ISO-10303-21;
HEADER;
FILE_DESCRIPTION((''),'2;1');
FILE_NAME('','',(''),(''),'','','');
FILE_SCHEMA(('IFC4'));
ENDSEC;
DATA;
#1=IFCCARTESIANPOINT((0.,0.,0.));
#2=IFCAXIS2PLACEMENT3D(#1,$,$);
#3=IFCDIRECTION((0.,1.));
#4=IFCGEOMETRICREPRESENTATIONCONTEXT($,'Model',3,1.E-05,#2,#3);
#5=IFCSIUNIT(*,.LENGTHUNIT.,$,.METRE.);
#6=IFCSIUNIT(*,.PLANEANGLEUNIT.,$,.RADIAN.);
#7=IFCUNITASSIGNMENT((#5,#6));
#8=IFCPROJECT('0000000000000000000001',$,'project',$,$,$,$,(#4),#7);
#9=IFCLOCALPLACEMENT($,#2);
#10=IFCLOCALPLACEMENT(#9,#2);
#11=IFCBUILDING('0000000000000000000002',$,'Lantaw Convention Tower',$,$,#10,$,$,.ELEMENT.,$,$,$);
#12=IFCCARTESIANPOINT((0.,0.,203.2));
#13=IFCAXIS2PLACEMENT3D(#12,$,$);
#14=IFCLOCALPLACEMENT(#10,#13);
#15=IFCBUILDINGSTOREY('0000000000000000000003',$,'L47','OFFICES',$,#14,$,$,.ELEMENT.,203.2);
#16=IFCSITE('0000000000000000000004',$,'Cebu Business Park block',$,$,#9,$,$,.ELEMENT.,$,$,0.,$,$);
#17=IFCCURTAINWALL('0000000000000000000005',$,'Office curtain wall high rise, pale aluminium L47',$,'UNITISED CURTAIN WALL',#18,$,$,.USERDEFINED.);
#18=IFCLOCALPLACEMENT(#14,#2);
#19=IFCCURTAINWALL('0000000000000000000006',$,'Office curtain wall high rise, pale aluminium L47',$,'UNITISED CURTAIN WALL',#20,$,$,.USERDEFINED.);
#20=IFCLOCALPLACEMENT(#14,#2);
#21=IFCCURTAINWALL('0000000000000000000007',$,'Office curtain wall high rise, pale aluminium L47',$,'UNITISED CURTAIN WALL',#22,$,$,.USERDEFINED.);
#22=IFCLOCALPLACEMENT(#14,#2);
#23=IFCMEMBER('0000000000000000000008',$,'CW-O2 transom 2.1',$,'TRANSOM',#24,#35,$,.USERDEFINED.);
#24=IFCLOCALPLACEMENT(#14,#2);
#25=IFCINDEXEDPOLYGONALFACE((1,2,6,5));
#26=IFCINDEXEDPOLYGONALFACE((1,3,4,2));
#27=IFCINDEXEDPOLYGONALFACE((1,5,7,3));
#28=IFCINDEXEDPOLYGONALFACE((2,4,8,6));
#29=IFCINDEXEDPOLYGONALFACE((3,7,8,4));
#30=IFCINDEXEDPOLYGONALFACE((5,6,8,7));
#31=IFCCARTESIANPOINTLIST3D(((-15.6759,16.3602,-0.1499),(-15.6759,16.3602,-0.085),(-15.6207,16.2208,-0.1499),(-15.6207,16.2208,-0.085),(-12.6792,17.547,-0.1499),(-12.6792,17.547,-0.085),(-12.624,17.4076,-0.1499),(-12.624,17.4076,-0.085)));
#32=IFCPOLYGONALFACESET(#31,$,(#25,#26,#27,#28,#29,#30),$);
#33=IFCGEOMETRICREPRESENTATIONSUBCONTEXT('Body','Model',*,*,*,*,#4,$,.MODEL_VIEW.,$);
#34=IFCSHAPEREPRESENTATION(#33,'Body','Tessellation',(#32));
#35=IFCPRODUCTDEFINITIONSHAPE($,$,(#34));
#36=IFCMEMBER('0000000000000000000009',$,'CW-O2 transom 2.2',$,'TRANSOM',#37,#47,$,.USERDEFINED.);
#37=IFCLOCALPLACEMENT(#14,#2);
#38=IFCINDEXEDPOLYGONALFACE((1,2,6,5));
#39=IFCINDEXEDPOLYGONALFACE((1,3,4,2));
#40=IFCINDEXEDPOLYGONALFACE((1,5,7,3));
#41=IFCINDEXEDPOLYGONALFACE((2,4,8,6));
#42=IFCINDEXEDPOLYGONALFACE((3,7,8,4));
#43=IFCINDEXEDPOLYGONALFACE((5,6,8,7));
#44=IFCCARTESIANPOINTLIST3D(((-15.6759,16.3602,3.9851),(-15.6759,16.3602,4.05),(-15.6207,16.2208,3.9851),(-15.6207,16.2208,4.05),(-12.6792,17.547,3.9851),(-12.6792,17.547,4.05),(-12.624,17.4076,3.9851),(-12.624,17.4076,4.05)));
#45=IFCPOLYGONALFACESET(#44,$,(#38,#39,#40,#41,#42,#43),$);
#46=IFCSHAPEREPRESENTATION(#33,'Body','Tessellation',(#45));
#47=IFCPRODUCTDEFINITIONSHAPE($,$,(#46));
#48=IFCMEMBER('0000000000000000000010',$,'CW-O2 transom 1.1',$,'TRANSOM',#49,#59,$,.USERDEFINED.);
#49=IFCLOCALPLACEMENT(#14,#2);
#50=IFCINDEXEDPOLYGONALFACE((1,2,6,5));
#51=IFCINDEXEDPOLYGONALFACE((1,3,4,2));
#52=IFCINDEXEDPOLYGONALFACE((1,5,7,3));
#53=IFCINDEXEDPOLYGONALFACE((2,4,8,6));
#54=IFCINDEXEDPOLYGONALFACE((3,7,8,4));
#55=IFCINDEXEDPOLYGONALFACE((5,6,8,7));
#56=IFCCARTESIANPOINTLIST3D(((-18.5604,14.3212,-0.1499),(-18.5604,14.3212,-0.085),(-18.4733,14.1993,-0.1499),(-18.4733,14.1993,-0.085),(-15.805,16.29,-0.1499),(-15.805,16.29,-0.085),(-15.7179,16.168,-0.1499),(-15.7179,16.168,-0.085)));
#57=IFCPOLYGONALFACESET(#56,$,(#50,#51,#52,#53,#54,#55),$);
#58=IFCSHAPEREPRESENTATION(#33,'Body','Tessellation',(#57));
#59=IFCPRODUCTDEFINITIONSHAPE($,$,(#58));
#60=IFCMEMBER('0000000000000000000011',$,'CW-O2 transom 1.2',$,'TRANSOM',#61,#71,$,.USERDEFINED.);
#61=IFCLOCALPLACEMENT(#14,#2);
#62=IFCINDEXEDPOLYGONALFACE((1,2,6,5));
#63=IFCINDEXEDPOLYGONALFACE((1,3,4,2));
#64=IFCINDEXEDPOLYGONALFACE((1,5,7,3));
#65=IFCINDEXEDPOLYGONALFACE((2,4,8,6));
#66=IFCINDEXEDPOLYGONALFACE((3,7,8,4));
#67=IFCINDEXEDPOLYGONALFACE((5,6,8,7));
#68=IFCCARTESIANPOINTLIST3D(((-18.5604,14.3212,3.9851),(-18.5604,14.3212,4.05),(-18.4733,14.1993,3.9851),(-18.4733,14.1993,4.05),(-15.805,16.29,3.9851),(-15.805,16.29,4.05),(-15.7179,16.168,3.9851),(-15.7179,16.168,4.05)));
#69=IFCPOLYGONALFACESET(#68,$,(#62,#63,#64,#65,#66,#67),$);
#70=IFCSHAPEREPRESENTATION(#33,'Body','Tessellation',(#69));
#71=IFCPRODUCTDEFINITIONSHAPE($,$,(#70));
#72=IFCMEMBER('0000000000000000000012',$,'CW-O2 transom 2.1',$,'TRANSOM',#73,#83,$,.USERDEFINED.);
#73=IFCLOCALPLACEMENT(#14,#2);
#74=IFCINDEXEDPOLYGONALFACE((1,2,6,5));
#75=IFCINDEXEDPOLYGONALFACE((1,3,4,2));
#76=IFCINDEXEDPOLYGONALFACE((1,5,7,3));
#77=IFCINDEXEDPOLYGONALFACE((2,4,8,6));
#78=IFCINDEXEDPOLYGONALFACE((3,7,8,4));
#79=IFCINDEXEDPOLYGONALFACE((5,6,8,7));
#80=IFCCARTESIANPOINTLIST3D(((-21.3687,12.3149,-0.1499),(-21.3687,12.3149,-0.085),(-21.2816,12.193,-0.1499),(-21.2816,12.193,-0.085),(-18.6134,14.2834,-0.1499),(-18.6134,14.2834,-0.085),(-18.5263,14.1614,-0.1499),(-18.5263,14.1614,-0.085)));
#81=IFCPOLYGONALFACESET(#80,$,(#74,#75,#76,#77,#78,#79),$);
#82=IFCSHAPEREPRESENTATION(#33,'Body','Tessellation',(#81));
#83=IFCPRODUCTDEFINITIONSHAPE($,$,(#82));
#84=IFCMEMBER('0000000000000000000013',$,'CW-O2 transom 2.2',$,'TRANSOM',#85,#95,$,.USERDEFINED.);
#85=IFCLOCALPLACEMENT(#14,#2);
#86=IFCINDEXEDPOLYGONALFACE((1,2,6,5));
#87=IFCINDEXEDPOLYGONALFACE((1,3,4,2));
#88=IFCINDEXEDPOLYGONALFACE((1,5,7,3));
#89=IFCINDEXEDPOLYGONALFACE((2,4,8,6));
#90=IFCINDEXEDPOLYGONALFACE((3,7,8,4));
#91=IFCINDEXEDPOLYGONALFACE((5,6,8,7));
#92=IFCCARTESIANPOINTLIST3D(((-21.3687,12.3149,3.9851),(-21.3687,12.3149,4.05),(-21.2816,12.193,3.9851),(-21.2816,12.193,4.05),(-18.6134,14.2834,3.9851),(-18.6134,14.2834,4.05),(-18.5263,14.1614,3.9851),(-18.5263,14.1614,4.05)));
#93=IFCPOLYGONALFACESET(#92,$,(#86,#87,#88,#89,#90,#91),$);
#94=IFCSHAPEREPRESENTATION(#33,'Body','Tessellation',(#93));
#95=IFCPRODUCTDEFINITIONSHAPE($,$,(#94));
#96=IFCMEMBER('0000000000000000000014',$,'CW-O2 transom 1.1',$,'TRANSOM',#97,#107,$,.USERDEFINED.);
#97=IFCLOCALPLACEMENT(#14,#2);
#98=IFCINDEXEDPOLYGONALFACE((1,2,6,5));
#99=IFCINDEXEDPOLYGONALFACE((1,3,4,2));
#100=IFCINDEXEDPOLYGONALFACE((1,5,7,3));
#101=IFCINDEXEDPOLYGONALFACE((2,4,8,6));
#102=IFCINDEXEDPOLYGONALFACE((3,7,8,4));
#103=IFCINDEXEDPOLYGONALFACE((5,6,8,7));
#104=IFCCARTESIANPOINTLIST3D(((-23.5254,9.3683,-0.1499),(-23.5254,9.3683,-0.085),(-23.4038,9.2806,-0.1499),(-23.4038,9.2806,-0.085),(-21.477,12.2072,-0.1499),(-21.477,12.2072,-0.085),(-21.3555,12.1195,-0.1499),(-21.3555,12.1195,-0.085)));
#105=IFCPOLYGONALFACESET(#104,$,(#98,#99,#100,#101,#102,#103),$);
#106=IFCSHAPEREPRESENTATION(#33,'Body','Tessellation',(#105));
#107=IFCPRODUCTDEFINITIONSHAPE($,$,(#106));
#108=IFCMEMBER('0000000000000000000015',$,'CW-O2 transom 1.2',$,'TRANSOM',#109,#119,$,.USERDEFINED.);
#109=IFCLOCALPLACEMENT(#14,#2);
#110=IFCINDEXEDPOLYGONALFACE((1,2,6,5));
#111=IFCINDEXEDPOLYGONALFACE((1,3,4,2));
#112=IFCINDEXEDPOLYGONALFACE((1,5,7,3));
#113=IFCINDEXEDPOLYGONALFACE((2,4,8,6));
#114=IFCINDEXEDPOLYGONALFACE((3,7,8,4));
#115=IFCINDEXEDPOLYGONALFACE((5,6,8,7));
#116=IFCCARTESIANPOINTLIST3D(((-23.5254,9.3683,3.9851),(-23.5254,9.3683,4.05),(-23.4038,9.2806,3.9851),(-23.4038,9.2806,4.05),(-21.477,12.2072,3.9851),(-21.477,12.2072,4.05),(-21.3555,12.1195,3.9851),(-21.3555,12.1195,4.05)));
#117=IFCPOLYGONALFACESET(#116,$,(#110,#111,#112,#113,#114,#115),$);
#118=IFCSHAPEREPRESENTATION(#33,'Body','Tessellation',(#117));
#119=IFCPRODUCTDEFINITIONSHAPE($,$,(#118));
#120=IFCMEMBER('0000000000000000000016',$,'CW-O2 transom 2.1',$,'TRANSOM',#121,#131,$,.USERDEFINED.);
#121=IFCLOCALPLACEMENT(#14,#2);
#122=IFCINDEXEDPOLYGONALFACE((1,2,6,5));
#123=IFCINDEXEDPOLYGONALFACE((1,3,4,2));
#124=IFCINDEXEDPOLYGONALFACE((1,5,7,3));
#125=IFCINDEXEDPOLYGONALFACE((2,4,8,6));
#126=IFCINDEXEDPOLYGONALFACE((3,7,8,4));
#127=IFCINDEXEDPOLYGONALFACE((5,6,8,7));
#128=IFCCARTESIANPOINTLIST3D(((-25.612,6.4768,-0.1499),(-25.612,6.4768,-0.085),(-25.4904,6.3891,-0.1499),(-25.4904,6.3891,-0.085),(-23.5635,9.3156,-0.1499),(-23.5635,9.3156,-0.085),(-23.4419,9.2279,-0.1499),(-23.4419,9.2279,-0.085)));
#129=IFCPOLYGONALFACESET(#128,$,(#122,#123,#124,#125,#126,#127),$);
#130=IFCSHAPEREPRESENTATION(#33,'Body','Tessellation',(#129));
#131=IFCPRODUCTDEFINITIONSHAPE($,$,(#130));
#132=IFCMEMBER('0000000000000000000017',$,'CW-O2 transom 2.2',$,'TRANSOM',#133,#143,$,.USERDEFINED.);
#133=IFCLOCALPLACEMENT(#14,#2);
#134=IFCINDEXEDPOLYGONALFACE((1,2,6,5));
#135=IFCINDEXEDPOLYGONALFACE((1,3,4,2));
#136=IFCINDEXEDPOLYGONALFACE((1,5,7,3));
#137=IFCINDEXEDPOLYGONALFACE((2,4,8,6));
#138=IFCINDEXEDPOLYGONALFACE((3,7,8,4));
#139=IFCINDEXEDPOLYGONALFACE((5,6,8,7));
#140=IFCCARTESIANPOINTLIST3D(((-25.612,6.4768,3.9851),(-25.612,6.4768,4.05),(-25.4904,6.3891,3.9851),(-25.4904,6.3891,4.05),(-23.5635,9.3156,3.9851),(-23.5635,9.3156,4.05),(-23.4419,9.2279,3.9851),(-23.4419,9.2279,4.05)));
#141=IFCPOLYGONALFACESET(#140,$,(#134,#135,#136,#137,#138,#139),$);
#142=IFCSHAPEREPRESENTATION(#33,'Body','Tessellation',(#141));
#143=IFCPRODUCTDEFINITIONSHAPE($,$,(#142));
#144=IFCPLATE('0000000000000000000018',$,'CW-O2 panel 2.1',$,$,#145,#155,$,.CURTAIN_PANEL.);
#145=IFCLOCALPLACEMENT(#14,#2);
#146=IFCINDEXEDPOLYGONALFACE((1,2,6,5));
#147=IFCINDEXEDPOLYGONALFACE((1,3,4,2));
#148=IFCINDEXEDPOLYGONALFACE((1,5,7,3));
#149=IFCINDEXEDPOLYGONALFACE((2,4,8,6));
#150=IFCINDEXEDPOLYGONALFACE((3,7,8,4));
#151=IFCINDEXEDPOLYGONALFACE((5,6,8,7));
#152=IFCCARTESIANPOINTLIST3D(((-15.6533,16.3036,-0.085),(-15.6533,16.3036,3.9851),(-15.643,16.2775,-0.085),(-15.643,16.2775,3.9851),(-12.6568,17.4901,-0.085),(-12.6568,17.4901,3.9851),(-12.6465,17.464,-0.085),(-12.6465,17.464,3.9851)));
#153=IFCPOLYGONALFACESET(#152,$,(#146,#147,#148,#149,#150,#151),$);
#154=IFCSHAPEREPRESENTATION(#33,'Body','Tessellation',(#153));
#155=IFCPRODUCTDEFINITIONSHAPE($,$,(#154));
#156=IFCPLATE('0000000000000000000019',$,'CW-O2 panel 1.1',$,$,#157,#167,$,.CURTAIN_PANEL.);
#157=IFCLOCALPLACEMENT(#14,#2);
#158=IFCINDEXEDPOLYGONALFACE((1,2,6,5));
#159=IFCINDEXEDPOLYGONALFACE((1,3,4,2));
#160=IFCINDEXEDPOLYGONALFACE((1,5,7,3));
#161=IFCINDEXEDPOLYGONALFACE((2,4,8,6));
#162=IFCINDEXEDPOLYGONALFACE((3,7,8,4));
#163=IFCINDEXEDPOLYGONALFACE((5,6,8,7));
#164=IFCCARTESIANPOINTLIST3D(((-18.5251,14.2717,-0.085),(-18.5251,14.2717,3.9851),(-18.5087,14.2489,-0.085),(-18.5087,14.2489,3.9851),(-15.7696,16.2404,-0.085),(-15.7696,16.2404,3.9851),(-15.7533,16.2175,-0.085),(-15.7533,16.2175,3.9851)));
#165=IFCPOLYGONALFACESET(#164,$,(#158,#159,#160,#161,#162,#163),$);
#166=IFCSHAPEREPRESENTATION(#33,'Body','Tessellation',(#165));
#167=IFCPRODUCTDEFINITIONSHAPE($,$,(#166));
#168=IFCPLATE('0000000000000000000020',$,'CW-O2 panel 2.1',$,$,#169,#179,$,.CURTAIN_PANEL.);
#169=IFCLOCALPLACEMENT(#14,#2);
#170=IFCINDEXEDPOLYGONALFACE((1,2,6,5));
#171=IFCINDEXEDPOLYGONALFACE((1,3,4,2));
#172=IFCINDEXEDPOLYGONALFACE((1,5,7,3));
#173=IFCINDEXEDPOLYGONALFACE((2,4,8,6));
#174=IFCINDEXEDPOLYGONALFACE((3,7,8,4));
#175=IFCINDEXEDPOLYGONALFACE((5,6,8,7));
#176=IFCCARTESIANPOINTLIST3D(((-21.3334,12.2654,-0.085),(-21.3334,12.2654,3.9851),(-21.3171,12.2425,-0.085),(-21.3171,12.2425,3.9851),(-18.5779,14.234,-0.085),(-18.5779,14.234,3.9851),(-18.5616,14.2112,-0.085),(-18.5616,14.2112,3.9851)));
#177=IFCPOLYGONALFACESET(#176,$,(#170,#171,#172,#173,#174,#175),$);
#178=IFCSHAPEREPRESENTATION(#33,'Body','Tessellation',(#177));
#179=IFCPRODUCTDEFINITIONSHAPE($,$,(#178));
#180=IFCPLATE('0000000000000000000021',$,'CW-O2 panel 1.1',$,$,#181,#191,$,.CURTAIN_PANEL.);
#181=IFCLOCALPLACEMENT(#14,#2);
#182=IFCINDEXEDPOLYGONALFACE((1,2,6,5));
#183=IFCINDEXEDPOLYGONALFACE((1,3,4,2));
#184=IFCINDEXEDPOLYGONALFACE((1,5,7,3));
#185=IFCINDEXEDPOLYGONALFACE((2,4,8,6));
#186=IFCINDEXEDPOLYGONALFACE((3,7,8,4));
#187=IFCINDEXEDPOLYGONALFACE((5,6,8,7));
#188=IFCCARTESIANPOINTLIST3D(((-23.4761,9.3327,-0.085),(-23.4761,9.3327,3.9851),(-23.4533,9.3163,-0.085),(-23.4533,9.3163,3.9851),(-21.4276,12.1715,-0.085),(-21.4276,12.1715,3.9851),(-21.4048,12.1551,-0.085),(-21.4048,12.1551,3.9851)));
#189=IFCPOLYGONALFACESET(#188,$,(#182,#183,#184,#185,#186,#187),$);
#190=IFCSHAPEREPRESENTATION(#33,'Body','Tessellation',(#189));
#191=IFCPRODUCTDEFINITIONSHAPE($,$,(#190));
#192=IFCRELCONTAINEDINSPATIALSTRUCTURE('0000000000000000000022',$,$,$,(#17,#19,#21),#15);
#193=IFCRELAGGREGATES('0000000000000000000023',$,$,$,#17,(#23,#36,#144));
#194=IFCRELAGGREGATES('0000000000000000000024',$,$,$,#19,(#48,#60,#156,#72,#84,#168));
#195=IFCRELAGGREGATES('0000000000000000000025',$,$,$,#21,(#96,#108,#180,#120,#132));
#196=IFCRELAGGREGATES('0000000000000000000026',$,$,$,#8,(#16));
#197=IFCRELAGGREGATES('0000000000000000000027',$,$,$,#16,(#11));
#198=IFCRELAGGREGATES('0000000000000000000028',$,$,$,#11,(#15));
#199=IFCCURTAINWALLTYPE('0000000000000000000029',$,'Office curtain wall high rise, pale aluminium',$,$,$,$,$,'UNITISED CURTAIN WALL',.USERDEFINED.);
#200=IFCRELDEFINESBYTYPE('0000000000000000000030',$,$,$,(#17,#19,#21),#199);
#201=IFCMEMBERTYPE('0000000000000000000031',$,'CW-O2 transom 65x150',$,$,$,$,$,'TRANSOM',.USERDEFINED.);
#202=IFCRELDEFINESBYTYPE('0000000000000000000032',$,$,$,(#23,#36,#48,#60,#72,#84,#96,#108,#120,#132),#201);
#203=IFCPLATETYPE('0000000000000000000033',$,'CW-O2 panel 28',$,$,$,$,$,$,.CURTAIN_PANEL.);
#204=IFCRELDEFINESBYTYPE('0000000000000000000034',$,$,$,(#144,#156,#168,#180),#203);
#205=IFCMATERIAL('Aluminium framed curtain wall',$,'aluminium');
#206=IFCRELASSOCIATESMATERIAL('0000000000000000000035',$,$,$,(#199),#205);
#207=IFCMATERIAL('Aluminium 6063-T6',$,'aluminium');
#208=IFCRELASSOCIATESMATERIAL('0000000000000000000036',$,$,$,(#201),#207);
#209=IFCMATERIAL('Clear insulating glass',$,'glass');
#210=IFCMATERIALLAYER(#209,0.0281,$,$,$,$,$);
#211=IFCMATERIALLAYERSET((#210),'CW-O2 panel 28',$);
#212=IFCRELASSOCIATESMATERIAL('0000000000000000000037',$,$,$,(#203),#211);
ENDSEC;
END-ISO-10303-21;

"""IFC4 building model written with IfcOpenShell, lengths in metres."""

from ifc_helpers import new_model, si_unit, direction, frame, origin, origin_2d, place, context, subcontext, project, spatial, rectangle, extrude, material, layer, layer_set, material_profile, profile_set, type_object, element, aggregate, save


model = new_model("IFC4")

# Units and contexts
model_context = context("Model", 3, precision=1e-05, world=origin(), true_north=direction((0.0, 1.0)))
body_context = subcontext(model_context, "Body", "Model", "MODEL_VIEW")
ifc_project = project(units=[si_unit("LENGTHUNIT", "METRE"), si_unit("PLANEANGLEUNIT", "RADIAN")], contexts=[model_context])

# Site, building, storey
site_placement = place(None, origin())
site = spatial("IfcSite", under=ifc_project, at=site_placement, Name="Cebu Business Park block", CompositionType="ELEMENT", RefElevation=0.0)
building_placement = place(site_placement, origin())
building = spatial("IfcBuilding", under=site, at=building_placement, Name="Lantaw Convention Tower", CompositionType="ELEMENT")
storey_placement = place(building_placement, frame((0.0, 0.0, 203.2)))
storey = spatial("IfcBuildingStorey", under=building, at=storey_placement, Name="L47", Description="OFFICES", CompositionType="ELEMENT", Elevation=203.2)

# Curtain walls
ifc_material_1 = material(Name="Aluminium framed curtain wall", Category="aluminium")
curtain_wall_type = type_object("IfcCurtainWallType", Name="Office curtain wall high rise, pale aluminium", ElementType="UNITISED CURTAIN WALL", PredefinedType="USERDEFINED", material=ifc_material_1)
curtain_wall_1_placement = place(storey_placement, origin())
curtain_wall_1 = element("IfcCurtainWall", 1, at=curtain_wall_1_placement, inside=storey, type_object=curtain_wall_type, Name="Office curtain wall high rise, pale aluminium L47", ObjectType="UNITISED CURTAIN WALL", PredefinedType="USERDEFINED")
ifc_material_2 = material(Name="Aluminium 6063-T6", Category="aluminium")
curtain_wall_2_placement = place(storey_placement, origin())
curtain_wall_2 = element("IfcCurtainWall", 2, at=curtain_wall_2_placement, inside=storey, type_object=curtain_wall_type, Name="Office curtain wall high rise, pale aluminium L47", ObjectType="UNITISED CURTAIN WALL", PredefinedType="USERDEFINED")
curtain_wall_3_placement = place(storey_placement, origin())
curtain_wall_3 = element("IfcCurtainWall", 3, at=curtain_wall_3_placement, inside=storey, type_object=curtain_wall_type, Name="Office curtain wall high rise, pale aluminium L47", ObjectType="UNITISED CURTAIN WALL", PredefinedType="USERDEFINED")

# Members
ifc_material_profile_1 = material_profile(ifc_material_2, rectangle(XDim=0.1499, YDim=0.0649, at=origin_2d()), Name="CW-O2 transom 65x150")
ifc_profile_set_1 = profile_set([ifc_material_profile_1], Name="Aluminium 6063-T6")
member_type_1 = type_object("IfcMemberType", Name="CW-O2 transom 65x150", ElementType="TRANSOM", PredefinedType="USERDEFINED", material=ifc_profile_set_1)
member_1_placement = place(storey_placement, frame((-12.6516, 17.4773, -0.1174), z_axis=(-0.929741, -0.368215, 0.0), x_axis=(0.368215, -0.929741, 0.0)))
member_1 = element("IfcMember", 4, at=member_1_placement, type_object=member_type_1, Name="CW-O2 transom 2.1", ObjectType="TRANSOM", PredefinedType="USERDEFINED", context=body_context, shape_type="SweptSolid", body=[
    extrude(rectangle(XDim=0.1499, YDim=0.0649, at=origin_2d()), origin(), (0.0, 0.0, 1.0), 3.2231),
])
member_2_placement = place(storey_placement, frame((-12.6516, 17.4773, 4.0176), z_axis=(-0.929741, -0.368215, 0.0), x_axis=(0.368215, -0.929741, 0.0)))
member_2 = element("IfcMember", 5, at=member_2_placement, type_object=member_type_1, Name="CW-O2 transom 2.2", ObjectType="TRANSOM", PredefinedType="USERDEFINED", context=body_context, shape_type="SweptSolid", body=[
    extrude(rectangle(XDim=0.1499, YDim=0.0649, at=origin_2d()), origin(), (0.0, 0.0, 1.0), 3.2231),
])
member_3_placement = place(storey_placement, frame((-15.7615, 16.229, -0.1174), z_axis=(-0.813646, -0.581361, 0.0), x_axis=(0.581361, -0.813646, 0.0)))
member_3 = element("IfcMember", 6, at=member_3_placement, type_object=member_type_1, Name="CW-O2 transom 1.1", ObjectType="TRANSOM", PredefinedType="USERDEFINED", context=body_context, shape_type="SweptSolid", body=[
    extrude(rectangle(XDim=0.1499, YDim=0.0649, at=origin_2d()), origin(), (0.0, 0.0, 1.0), 3.3865),
])
member_4_placement = place(storey_placement, frame((-15.7615, 16.229, 4.0176), z_axis=(-0.813646, -0.581361, 0.0), x_axis=(0.581361, -0.813646, 0.0)))
member_4 = element("IfcMember", 7, at=member_4_placement, type_object=member_type_1, Name="CW-O2 transom 1.2", ObjectType="TRANSOM", PredefinedType="USERDEFINED", context=body_context, shape_type="SweptSolid", body=[
    extrude(rectangle(XDim=0.1499, YDim=0.0649, at=origin_2d()), origin(), (0.0, 0.0, 1.0), 3.3865),
])
member_5_placement = place(storey_placement, frame((-18.5698, 14.2224, -0.1174), z_axis=(-0.81368, -0.581313, 0.0), x_axis=(0.581313, -0.81368, 0.0)))
member_5 = element("IfcMember", 8, at=member_5_placement, type_object=member_type_1, Name="CW-O2 transom 2.1", ObjectType="TRANSOM", PredefinedType="USERDEFINED", context=body_context, shape_type="SweptSolid", body=[
    extrude(rectangle(XDim=0.1499, YDim=0.0649, at=origin_2d()), origin(), (0.0, 0.0, 1.0), 3.3862),
])
member_6_placement = place(storey_placement, frame((-18.5698, 14.2224, 4.0176), z_axis=(-0.81368, -0.581313, 0.0), x_axis=(0.581313, -0.81368, 0.0)))
member_6 = element("IfcMember", 9, at=member_6_placement, type_object=member_type_1, Name="CW-O2 transom 2.2", ObjectType="TRANSOM", PredefinedType="USERDEFINED", context=body_context, shape_type="SweptSolid", body=[
    extrude(rectangle(XDim=0.1499, YDim=0.0649, at=origin_2d()), origin(), (0.0, 0.0, 1.0), 3.3862),
])
member_7_placement = place(storey_placement, frame((-21.4163, 12.1633, -0.1174), z_axis=(-0.585124, -0.810944, 0.0), x_axis=(0.810944, -0.585124, 0.0)))
member_7 = element("IfcMember", 10, at=member_7_placement, type_object=member_type_1, Name="CW-O2 transom 1.1", ObjectType="TRANSOM", PredefinedType="USERDEFINED", context=body_context, shape_type="SweptSolid", body=[
    extrude(rectangle(XDim=0.1499, YDim=0.0649, at=origin_2d()), origin(), (0.0, 0.0, 1.0), 3.5007),
])
member_8_placement = place(storey_placement, frame((-21.4163, 12.1633, 4.0176), z_axis=(-0.585124, -0.810944, 0.0), x_axis=(0.810944, -0.585124, 0.0)))
member_8 = element("IfcMember", 11, at=member_8_placement, type_object=member_type_1, Name="CW-O2 transom 1.2", ObjectType="TRANSOM", PredefinedType="USERDEFINED", context=body_context, shape_type="SweptSolid", body=[
    extrude(rectangle(XDim=0.1499, YDim=0.0649, at=origin_2d()), origin(), (0.0, 0.0, 1.0), 3.5007),
])
member_9_placement = place(storey_placement, frame((-23.5027, 9.2717, -0.1174), z_axis=(-0.58517, -0.810911, 0.0), x_axis=(0.810911, -0.58517, 0.0)))
member_9 = element("IfcMember", 12, at=member_9_placement, type_object=member_type_1, Name="CW-O2 transom 2.1", ObjectType="TRANSOM", PredefinedType="USERDEFINED", context=body_context, shape_type="SweptSolid", body=[
    extrude(rectangle(XDim=0.1499, YDim=0.0649, at=origin_2d()), origin(), (0.0, 0.0, 1.0), 3.5007),
])
member_10_placement = place(storey_placement, frame((-23.5027, 9.2717, 4.0176), z_axis=(-0.58517, -0.810911, 0.0), x_axis=(0.810911, -0.58517, 0.0)))
member_10 = element("IfcMember", 13, at=member_10_placement, type_object=member_type_1, Name="CW-O2 transom 2.2", ObjectType="TRANSOM", PredefinedType="USERDEFINED", context=body_context, shape_type="SweptSolid", body=[
    extrude(rectangle(XDim=0.1499, YDim=0.0649, at=origin_2d()), origin(), (0.0, 0.0, 1.0), 3.5007),
])

# Plates
ifc_material_3 = material(Name="Clear insulating glass", Category="glass")
ifc_layer_1 = layer(ifc_material_3, 0.0281)
ifc_layer_set_1 = layer_set([ifc_layer_1], Name="CW-O2 panel 28")
plate_type_1 = type_object("IfcPlateType", Name="CW-O2 panel 28", PredefinedType="CURTAIN_PANEL", material=ifc_layer_set_1)
plate_1_placement = place(storey_placement, frame((-14.1499, 16.8838, -0.085), z_axis=(0.0, 0.0, 1.0), x_axis=(-0.929762, -0.368162, 0.0)))
plate_1 = element("IfcPlate", 14, at=plate_1_placement, type_object=plate_type_1, Name="CW-O2 panel 2.1", PredefinedType="CURTAIN_PANEL", context=body_context, shape_type="SweptSolid", body=[
    extrude(rectangle(XDim=3.2229, YDim=0.0281, at=origin_2d()), origin(), (0.0, 0.0, 1.0), 4.0701),
])
aggregate(curtain_wall_1, [member_1, member_2, plate_1])
plate_2_placement = place(storey_placement, frame((-17.1392, 15.2446, -0.085), z_axis=(0.0, 0.0, 1.0), x_axis=(-0.813673, -0.581323, 0.0)))
plate_2 = element("IfcPlate", 15, at=plate_2_placement, type_object=plate_type_1, Name="CW-O2 panel 1.1", PredefinedType="CURTAIN_PANEL", context=body_context, shape_type="SweptSolid", body=[
    extrude(rectangle(XDim=3.3865, YDim=0.0281, at=origin_2d()), origin(), (0.0, 0.0, 1.0), 4.0701),
])
plate_3_placement = place(storey_placement, frame((-19.9475, 13.2383, -0.085), z_axis=(0.0, 0.0, 1.0), x_axis=(-0.813673, -0.581323, 0.0)))
plate_3 = element("IfcPlate", 16, at=plate_3_placement, type_object=plate_type_1, Name="CW-O2 panel 2.1", PredefinedType="CURTAIN_PANEL", context=body_context, shape_type="SweptSolid", body=[
    extrude(rectangle(XDim=3.3865, YDim=0.0281, at=origin_2d()), origin(), (0.0, 0.0, 1.0), 4.0701),
])
aggregate(curtain_wall_2, [member_3, member_4, plate_2, member_5, member_6, plate_3])
plate_4_placement = place(storey_placement, frame((-22.4404, 10.7439, -0.085), z_axis=(0.0, 0.0, 1.0), x_axis=(-0.585158, -0.81092, 0.0)))
plate_4 = element("IfcPlate", 17, at=plate_4_placement, type_object=plate_type_1, Name="CW-O2 panel 1.1", PredefinedType="CURTAIN_PANEL", context=body_context, shape_type="SweptSolid", body=[
    extrude(rectangle(XDim=3.5007, YDim=0.0281, at=origin_2d()), origin(), (0.0, 0.0, 1.0), 4.0701),
])
aggregate(curtain_wall_3, [member_7, member_8, plate_4, member_9, member_10])

save(model, "model.ifc")
